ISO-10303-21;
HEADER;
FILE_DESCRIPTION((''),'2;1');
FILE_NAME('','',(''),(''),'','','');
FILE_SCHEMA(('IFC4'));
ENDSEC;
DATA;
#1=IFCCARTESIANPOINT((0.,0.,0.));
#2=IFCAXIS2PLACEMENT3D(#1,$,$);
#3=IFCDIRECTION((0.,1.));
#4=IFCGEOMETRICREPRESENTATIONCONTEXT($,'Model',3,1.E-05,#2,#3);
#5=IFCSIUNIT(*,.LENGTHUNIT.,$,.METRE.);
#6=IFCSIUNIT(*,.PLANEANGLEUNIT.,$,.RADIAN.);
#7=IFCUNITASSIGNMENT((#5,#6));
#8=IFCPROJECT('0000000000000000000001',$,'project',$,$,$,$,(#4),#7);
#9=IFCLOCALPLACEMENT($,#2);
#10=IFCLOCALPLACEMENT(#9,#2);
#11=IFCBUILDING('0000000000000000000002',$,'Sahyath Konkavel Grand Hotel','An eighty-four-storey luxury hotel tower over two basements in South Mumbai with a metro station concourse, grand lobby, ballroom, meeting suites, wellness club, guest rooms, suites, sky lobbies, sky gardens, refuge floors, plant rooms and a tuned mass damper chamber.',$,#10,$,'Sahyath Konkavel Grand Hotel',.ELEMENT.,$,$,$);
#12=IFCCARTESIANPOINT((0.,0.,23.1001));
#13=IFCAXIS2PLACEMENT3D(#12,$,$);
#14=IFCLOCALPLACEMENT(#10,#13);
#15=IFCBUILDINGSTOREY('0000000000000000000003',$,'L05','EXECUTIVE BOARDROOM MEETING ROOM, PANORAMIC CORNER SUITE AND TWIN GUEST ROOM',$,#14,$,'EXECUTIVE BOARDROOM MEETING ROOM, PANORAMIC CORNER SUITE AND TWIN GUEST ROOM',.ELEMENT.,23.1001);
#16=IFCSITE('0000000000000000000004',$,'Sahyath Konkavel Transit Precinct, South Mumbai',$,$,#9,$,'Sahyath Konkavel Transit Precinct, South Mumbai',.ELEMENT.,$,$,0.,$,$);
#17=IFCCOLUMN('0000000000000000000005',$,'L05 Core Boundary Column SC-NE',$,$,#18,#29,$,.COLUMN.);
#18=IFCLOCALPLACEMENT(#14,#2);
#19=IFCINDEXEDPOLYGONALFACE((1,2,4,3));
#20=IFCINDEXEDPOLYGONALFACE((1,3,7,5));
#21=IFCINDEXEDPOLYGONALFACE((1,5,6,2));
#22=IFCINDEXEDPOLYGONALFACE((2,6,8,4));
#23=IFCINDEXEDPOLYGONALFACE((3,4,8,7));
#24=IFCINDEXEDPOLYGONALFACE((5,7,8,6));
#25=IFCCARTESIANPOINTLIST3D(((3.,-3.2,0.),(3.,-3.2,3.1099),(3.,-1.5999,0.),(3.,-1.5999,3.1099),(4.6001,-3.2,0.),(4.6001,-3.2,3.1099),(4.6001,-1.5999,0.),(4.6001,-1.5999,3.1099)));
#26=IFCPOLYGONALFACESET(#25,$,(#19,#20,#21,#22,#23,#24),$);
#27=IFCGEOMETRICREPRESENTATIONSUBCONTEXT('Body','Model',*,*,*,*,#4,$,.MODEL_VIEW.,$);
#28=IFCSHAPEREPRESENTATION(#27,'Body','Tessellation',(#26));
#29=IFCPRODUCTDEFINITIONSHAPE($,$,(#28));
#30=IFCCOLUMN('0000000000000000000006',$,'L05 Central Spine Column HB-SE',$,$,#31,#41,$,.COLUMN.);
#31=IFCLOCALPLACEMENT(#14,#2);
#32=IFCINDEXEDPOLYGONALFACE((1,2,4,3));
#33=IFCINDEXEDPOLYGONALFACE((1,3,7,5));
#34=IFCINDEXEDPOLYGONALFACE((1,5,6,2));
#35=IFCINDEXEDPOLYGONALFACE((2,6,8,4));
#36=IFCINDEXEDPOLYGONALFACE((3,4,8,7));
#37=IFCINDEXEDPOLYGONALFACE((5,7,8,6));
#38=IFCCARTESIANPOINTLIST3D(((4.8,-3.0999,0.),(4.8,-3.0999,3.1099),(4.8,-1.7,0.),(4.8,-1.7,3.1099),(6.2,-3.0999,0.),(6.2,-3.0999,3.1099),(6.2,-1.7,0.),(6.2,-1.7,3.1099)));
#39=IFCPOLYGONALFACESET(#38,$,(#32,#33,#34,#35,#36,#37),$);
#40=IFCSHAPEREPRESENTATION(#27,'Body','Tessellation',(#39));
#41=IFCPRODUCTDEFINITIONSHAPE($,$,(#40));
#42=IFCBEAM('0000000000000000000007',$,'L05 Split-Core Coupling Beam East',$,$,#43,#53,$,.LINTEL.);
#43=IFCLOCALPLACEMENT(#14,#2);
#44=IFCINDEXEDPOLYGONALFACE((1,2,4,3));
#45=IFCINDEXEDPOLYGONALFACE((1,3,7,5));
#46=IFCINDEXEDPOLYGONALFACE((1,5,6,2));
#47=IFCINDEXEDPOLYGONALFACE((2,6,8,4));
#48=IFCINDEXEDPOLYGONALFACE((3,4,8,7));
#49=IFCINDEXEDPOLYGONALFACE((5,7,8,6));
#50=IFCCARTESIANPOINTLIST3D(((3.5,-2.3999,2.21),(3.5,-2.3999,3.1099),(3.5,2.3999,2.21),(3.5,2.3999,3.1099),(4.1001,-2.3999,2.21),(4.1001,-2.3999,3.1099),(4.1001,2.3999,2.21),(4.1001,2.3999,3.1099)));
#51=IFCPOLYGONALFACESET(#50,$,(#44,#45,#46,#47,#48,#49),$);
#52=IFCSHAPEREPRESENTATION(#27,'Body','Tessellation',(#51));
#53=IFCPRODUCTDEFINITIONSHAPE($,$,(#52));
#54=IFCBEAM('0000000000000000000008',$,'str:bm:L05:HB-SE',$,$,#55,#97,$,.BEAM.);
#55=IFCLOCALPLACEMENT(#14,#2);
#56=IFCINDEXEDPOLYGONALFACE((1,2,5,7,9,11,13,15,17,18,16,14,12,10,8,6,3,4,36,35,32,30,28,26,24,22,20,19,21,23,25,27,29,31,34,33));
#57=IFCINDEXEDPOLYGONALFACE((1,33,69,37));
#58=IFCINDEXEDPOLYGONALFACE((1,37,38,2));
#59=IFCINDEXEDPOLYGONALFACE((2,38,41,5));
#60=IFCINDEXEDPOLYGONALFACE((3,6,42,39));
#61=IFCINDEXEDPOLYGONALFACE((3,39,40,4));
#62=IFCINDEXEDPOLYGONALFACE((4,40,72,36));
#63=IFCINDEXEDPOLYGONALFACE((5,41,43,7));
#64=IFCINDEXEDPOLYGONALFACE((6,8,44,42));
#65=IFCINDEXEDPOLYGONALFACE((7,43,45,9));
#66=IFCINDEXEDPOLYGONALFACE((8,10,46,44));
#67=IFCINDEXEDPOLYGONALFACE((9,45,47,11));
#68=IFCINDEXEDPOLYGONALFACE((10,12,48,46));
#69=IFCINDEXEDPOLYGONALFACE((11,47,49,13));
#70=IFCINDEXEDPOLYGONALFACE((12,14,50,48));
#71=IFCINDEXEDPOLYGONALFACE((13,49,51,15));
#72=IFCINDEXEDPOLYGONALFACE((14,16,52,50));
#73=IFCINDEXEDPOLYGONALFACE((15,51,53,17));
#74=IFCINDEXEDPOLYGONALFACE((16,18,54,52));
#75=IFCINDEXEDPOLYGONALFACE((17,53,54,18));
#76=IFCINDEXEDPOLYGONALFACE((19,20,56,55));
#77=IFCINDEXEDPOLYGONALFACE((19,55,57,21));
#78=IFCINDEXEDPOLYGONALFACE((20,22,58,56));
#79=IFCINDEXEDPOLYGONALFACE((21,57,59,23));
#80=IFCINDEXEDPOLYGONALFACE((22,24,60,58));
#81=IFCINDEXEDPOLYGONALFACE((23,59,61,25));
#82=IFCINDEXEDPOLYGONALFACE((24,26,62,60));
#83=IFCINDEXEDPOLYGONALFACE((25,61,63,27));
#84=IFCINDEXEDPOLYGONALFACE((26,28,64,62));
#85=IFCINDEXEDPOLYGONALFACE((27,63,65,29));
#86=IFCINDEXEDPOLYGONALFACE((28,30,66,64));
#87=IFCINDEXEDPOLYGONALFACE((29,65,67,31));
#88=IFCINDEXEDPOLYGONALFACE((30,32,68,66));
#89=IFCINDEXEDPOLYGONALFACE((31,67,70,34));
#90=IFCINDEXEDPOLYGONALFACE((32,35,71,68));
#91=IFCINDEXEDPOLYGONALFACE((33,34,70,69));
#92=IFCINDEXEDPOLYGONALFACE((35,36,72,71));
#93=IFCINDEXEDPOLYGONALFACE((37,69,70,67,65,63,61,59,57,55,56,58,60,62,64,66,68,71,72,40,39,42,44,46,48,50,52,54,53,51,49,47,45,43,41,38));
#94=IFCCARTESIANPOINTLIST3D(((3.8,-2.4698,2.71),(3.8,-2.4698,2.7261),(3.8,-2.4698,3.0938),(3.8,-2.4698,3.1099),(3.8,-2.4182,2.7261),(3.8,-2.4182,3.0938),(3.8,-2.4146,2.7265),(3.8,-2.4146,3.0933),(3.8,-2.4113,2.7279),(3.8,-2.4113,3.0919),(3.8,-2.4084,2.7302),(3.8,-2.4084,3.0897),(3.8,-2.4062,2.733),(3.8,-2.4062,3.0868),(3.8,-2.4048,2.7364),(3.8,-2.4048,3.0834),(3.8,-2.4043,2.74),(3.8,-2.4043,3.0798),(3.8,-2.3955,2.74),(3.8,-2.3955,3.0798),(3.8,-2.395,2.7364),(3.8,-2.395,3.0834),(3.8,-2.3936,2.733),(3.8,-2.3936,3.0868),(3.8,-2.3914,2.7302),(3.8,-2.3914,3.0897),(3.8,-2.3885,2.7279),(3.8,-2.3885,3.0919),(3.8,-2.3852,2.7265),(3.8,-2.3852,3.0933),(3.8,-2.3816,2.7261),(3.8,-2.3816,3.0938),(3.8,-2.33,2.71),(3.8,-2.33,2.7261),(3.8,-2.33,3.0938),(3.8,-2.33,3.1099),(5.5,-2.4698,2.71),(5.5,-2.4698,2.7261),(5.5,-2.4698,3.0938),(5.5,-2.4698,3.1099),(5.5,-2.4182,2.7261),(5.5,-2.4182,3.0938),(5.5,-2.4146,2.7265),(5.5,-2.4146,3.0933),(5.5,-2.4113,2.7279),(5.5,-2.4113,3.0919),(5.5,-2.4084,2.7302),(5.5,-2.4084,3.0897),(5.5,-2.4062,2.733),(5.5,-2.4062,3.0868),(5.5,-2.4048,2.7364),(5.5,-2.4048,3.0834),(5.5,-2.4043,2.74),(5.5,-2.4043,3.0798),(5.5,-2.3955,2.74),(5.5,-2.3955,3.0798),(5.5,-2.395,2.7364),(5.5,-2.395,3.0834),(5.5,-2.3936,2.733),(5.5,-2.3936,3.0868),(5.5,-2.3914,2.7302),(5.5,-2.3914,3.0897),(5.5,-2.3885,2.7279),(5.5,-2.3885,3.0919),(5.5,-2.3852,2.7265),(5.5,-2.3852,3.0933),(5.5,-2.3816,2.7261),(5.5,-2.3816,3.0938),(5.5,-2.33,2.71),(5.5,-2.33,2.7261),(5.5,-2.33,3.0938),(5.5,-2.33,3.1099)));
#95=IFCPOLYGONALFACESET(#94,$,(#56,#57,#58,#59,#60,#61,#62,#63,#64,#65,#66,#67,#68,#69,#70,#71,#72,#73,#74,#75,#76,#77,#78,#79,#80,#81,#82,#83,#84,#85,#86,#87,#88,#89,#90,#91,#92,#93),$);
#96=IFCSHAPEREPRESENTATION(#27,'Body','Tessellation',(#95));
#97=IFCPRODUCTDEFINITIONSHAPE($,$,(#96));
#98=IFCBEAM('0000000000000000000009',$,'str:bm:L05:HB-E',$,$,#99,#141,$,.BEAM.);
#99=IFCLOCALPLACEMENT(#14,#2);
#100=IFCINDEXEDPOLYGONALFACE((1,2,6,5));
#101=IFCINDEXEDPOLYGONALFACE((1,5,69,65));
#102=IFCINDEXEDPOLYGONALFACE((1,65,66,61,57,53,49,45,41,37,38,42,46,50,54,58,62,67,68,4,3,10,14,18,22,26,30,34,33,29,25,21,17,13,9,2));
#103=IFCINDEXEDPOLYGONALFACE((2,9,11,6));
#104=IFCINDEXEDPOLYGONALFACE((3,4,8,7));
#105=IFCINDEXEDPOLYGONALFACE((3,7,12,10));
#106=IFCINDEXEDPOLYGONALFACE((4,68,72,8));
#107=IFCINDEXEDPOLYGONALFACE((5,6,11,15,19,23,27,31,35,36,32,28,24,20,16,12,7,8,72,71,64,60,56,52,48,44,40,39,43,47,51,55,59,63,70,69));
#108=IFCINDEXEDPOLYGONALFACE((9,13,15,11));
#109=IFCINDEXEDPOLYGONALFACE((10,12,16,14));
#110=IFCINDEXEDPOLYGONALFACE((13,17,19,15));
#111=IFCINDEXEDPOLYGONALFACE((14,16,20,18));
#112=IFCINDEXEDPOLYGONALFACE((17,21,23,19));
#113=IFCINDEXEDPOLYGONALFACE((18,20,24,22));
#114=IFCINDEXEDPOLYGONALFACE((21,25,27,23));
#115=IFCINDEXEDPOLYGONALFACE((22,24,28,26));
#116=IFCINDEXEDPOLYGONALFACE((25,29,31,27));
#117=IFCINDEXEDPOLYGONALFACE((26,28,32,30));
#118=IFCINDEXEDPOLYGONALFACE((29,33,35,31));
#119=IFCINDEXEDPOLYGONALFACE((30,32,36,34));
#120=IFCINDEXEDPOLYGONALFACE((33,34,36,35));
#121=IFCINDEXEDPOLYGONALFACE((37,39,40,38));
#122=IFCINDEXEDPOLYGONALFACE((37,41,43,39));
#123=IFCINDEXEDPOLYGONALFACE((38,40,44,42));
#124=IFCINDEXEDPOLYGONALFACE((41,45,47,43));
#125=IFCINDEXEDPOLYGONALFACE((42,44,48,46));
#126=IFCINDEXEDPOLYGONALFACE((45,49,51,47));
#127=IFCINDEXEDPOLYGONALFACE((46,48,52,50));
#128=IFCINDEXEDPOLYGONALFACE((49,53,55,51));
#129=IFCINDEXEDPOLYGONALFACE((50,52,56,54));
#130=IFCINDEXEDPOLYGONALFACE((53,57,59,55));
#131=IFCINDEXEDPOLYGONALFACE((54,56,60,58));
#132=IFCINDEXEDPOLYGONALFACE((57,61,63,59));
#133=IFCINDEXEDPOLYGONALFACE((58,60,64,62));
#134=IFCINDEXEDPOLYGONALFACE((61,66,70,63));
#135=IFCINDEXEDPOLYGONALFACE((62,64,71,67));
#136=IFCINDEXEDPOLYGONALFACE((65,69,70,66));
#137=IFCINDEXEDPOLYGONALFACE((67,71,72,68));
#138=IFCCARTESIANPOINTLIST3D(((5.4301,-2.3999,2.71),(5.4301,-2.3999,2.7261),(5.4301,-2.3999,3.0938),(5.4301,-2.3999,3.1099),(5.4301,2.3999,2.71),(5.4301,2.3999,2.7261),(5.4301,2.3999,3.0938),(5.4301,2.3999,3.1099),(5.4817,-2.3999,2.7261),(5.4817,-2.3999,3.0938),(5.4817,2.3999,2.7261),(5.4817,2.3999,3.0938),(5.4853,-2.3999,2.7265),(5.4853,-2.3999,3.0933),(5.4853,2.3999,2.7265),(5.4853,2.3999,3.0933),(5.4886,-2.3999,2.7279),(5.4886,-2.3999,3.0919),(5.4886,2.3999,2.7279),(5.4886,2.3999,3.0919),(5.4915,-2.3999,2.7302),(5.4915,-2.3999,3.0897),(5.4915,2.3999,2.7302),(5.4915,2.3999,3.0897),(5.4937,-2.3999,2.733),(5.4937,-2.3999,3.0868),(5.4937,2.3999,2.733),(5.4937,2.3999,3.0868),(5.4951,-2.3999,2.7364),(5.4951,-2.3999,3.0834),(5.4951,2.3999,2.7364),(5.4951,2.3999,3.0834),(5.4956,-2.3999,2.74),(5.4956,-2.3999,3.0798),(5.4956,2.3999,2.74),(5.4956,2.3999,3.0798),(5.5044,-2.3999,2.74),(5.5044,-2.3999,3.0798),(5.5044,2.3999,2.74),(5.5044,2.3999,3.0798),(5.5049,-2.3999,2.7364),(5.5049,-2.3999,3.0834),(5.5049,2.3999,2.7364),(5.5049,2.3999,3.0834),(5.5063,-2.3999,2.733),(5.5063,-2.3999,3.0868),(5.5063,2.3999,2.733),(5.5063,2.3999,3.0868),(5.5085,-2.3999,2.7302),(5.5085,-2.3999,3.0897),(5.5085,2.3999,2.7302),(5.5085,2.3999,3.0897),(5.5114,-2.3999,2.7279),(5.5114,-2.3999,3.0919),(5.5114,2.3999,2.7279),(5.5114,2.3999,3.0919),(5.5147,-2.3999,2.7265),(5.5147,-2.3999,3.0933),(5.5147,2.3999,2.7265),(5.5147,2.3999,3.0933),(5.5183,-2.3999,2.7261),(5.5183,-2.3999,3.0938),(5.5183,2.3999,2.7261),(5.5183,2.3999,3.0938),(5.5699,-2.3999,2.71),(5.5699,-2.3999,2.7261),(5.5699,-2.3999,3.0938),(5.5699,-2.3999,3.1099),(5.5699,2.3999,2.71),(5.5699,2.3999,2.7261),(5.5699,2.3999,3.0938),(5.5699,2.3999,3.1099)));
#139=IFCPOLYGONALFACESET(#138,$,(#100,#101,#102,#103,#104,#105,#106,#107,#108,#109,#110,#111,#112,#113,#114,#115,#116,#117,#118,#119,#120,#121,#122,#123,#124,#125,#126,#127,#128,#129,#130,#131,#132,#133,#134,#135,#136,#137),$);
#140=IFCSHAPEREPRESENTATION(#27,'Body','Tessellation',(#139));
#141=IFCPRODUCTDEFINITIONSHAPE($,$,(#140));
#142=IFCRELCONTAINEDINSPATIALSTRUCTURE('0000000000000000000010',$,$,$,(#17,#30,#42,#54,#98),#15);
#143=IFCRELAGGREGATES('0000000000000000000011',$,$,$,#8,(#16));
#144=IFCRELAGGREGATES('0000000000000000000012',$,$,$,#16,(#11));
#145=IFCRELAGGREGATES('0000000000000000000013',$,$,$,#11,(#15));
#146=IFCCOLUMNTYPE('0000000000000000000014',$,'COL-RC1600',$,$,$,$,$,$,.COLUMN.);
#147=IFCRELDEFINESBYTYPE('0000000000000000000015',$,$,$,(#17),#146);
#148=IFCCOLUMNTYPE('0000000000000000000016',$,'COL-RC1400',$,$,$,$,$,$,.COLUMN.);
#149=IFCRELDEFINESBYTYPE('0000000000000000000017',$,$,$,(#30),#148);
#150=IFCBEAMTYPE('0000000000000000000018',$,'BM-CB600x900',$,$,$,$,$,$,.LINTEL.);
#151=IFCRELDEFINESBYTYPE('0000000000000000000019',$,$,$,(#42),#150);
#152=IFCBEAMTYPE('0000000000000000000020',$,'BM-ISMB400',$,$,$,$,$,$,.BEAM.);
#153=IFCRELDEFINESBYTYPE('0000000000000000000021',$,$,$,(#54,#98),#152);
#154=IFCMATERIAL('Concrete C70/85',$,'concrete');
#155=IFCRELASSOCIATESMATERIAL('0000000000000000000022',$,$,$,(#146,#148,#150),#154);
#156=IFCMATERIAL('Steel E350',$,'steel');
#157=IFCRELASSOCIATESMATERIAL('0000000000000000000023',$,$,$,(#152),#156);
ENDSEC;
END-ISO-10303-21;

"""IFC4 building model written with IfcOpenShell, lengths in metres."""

from ifc_helpers import new_model, si_unit, direction, frame, origin, origin_2d, place, context, subcontext, project, spatial, rectangle, i_section, extrude, source, transform, mapped, material, material_profile, profile_set, type_object, element, save


model = new_model("IFC4")

# Units and contexts
model_context = context("Model", 3, precision=1e-05, world=origin(), true_north=direction((0.0, 1.0)))
body_context = subcontext(model_context, "Body", "Model", "MODEL_VIEW")
ifc_project = project(units=[si_unit("LENGTHUNIT", "METRE"), si_unit("PLANEANGLEUNIT", "RADIAN")], contexts=[model_context])

# Site, building, storey
site_placement = place(None, origin())
site = spatial("IfcSite", under=ifc_project, at=site_placement, Name="Sahyath Konkavel Transit Precinct, South Mumbai", LongName="Sahyath Konkavel Transit Precinct, South Mumbai", CompositionType="ELEMENT", RefElevation=0.0)
building_placement = place(site_placement, origin())
building = spatial("IfcBuilding", under=site, at=building_placement, Name="Sahyath Konkavel Grand Hotel", Description="An eighty-four-storey luxury hotel tower over two basements in South Mumbai with a metro station concourse, grand lobby, ballroom, meeting suites, wellness club, guest rooms, suites, sky lobbies, sky gardens, refuge floors, plant rooms and a tuned mass damper chamber.", LongName="Sahyath Konkavel Grand Hotel", CompositionType="ELEMENT")
storey_placement = place(building_placement, frame((0.0, 0.0, 23.1001)))
storey = spatial("IfcBuildingStorey", under=building, at=storey_placement, Name="L05", Description="EXECUTIVE BOARDROOM MEETING ROOM, PANORAMIC CORNER SUITE AND TWIN GUEST ROOM", LongName="EXECUTIVE BOARDROOM MEETING ROOM, PANORAMIC CORNER SUITE AND TWIN GUEST ROOM", CompositionType="ELEMENT", Elevation=23.1001)

# Columns
ifc_material_1 = material(Name="Concrete C70/85", Category="concrete")
ifc_material_profile_1 = material_profile(ifc_material_1, rectangle(XDim=1.6001, YDim=1.6001, at=origin_2d()), Name="RC 1600x1600")
ifc_profile_set_1 = profile_set([ifc_material_profile_1], Name="Concrete C70/85")
column_type_1 = type_object("IfcColumnType", Name="COL-RC1600", PredefinedType="COLUMN", material=ifc_profile_set_1)
shared_shape_1 = source(origin(), body_context, "Body", "SweptSolid", [
    extrude(rectangle(XDim=1.6001, YDim=1.6001, at=origin_2d()), origin(), (0.0, 0.0, 1.0), 3.1099),
])
column_1_placement = place(storey_placement, frame((3.8, -2.3999, 0.0), z_axis=(0.0, 0.0, 1.0), x_axis=(1.0, 0.0, 0.0)))
element("IfcColumn", 1, at=column_1_placement, inside=storey, type_object=column_type_1, Name="L05 Core Boundary Column SC-NE", PredefinedType="COLUMN", context=body_context, shape_type="MappedRepresentation", body=[
    mapped(shared_shape_1, transform((0.0, 0.0, 0.0), scale=1.0)),
])
ifc_material_profile_2 = material_profile(ifc_material_1, rectangle(XDim=1.3999, YDim=1.3999, at=origin_2d()), Name="RC 1400x1400")
ifc_profile_set_2 = profile_set([ifc_material_profile_2], Name="Concrete C70/85")
column_type_2 = type_object("IfcColumnType", Name="COL-RC1400", PredefinedType="COLUMN", material=ifc_profile_set_2)
shared_shape_2 = source(origin(), body_context, "Body", "SweptSolid", [
    extrude(rectangle(XDim=1.3999, YDim=1.3999, at=origin_2d()), origin(), (0.0, 0.0, 1.0), 3.1099),
])
column_2_placement = place(storey_placement, frame((5.5, -2.3999, 0.0), z_axis=(0.0, 0.0, 1.0), x_axis=(1.0, 0.0, 0.0)))
element("IfcColumn", 2, at=column_2_placement, inside=storey, type_object=column_type_2, Name="L05 Central Spine Column HB-SE", PredefinedType="COLUMN", context=body_context, shape_type="MappedRepresentation", body=[
    mapped(shared_shape_2, transform((0.0, 0.0, 0.0), scale=1.0)),
])

# Beams
ifc_material_profile_3 = material_profile(ifc_material_1, rectangle(XDim=0.6001, YDim=0.8999, at=origin_2d()), Name="RC 600x900")
ifc_profile_set_3 = profile_set([ifc_material_profile_3], Name="Concrete C70/85")
beam_type_1 = type_object("IfcBeamType", Name="BM-CB600x900", PredefinedType="LINTEL", material=ifc_profile_set_3)
shared_shape_3 = source(origin(), body_context, "Body", "SweptSolid", [
    extrude(rectangle(XDim=0.6001, YDim=0.8999, at=origin_2d()), origin(), (0.0, 0.0, 1.0), 4.7998),
])
beam_1_placement = place(storey_placement, frame((3.8, -2.3999, 2.6599), z_axis=(0.0, 1.0, 0.0), x_axis=(-1.0, 0.0, 0.0)))
element("IfcBeam", 3, at=beam_1_placement, inside=storey, type_object=beam_type_1, Name="L05 Split-Core Coupling Beam East", PredefinedType="LINTEL", context=body_context, shape_type="MappedRepresentation", body=[
    mapped(shared_shape_3, transform((0.0, 0.0, 0.0), scale=1.0)),
])
ifc_material_2 = material(Name="Steel E350", Category="steel")
ifc_material_profile_4 = material_profile(ifc_material_2, i_section(OverallWidth=0.1399, OverallDepth=0.3999, WebThickness=0.0088, FlangeThickness=0.0161, FilletRadius=0.0139, at=origin_2d()), Name="ISMB 400")
ifc_profile_set_4 = profile_set([ifc_material_profile_4], Name="Steel E350")
beam_type_2 = type_object("IfcBeamType", Name="BM-ISMB400", PredefinedType="BEAM", material=ifc_profile_set_4)
shared_shape_4 = source(origin(), body_context, "Body", "SweptSolid", [
    extrude(i_section(OverallWidth=0.1399, OverallDepth=0.3999, WebThickness=0.0088, FlangeThickness=0.0161, FilletRadius=0.0139, at=origin_2d()), origin(), (0.0, 0.0, 1.0), 1.7),
])
beam_2_placement = place(storey_placement, frame((3.8, -2.3999, 2.9099), z_axis=(1.0, 0.0, 0.0), x_axis=(0.0, 1.0, 0.0)))
element("IfcBeam", 4, at=beam_2_placement, inside=storey, type_object=beam_type_2, Name="str:bm:L05:HB-SE", PredefinedType="BEAM", context=body_context, shape_type="MappedRepresentation", body=[
    mapped(shared_shape_4, transform((0.0, 0.0, 0.0), scale=1.0)),
])
shared_shape_5 = source(origin(), body_context, "Body", "SweptSolid", [
    extrude(i_section(OverallWidth=0.1399, OverallDepth=0.3999, WebThickness=0.0088, FlangeThickness=0.0161, FilletRadius=0.0139, at=origin_2d()), origin(), (0.0, 0.0, 1.0), 4.7998),
])
beam_3_placement = place(storey_placement, frame((5.5, -2.3999, 2.9099), z_axis=(0.0, 1.0, 0.0), x_axis=(-1.0, 0.0, 0.0)))
element("IfcBeam", 5, at=beam_3_placement, inside=storey, type_object=beam_type_2, Name="str:bm:L05:HB-E", PredefinedType="BEAM", context=body_context, shape_type="MappedRepresentation", body=[
    mapped(shared_shape_5, transform((0.0, 0.0, 0.0), scale=1.0)),
])

save(model, "model.ifc")
